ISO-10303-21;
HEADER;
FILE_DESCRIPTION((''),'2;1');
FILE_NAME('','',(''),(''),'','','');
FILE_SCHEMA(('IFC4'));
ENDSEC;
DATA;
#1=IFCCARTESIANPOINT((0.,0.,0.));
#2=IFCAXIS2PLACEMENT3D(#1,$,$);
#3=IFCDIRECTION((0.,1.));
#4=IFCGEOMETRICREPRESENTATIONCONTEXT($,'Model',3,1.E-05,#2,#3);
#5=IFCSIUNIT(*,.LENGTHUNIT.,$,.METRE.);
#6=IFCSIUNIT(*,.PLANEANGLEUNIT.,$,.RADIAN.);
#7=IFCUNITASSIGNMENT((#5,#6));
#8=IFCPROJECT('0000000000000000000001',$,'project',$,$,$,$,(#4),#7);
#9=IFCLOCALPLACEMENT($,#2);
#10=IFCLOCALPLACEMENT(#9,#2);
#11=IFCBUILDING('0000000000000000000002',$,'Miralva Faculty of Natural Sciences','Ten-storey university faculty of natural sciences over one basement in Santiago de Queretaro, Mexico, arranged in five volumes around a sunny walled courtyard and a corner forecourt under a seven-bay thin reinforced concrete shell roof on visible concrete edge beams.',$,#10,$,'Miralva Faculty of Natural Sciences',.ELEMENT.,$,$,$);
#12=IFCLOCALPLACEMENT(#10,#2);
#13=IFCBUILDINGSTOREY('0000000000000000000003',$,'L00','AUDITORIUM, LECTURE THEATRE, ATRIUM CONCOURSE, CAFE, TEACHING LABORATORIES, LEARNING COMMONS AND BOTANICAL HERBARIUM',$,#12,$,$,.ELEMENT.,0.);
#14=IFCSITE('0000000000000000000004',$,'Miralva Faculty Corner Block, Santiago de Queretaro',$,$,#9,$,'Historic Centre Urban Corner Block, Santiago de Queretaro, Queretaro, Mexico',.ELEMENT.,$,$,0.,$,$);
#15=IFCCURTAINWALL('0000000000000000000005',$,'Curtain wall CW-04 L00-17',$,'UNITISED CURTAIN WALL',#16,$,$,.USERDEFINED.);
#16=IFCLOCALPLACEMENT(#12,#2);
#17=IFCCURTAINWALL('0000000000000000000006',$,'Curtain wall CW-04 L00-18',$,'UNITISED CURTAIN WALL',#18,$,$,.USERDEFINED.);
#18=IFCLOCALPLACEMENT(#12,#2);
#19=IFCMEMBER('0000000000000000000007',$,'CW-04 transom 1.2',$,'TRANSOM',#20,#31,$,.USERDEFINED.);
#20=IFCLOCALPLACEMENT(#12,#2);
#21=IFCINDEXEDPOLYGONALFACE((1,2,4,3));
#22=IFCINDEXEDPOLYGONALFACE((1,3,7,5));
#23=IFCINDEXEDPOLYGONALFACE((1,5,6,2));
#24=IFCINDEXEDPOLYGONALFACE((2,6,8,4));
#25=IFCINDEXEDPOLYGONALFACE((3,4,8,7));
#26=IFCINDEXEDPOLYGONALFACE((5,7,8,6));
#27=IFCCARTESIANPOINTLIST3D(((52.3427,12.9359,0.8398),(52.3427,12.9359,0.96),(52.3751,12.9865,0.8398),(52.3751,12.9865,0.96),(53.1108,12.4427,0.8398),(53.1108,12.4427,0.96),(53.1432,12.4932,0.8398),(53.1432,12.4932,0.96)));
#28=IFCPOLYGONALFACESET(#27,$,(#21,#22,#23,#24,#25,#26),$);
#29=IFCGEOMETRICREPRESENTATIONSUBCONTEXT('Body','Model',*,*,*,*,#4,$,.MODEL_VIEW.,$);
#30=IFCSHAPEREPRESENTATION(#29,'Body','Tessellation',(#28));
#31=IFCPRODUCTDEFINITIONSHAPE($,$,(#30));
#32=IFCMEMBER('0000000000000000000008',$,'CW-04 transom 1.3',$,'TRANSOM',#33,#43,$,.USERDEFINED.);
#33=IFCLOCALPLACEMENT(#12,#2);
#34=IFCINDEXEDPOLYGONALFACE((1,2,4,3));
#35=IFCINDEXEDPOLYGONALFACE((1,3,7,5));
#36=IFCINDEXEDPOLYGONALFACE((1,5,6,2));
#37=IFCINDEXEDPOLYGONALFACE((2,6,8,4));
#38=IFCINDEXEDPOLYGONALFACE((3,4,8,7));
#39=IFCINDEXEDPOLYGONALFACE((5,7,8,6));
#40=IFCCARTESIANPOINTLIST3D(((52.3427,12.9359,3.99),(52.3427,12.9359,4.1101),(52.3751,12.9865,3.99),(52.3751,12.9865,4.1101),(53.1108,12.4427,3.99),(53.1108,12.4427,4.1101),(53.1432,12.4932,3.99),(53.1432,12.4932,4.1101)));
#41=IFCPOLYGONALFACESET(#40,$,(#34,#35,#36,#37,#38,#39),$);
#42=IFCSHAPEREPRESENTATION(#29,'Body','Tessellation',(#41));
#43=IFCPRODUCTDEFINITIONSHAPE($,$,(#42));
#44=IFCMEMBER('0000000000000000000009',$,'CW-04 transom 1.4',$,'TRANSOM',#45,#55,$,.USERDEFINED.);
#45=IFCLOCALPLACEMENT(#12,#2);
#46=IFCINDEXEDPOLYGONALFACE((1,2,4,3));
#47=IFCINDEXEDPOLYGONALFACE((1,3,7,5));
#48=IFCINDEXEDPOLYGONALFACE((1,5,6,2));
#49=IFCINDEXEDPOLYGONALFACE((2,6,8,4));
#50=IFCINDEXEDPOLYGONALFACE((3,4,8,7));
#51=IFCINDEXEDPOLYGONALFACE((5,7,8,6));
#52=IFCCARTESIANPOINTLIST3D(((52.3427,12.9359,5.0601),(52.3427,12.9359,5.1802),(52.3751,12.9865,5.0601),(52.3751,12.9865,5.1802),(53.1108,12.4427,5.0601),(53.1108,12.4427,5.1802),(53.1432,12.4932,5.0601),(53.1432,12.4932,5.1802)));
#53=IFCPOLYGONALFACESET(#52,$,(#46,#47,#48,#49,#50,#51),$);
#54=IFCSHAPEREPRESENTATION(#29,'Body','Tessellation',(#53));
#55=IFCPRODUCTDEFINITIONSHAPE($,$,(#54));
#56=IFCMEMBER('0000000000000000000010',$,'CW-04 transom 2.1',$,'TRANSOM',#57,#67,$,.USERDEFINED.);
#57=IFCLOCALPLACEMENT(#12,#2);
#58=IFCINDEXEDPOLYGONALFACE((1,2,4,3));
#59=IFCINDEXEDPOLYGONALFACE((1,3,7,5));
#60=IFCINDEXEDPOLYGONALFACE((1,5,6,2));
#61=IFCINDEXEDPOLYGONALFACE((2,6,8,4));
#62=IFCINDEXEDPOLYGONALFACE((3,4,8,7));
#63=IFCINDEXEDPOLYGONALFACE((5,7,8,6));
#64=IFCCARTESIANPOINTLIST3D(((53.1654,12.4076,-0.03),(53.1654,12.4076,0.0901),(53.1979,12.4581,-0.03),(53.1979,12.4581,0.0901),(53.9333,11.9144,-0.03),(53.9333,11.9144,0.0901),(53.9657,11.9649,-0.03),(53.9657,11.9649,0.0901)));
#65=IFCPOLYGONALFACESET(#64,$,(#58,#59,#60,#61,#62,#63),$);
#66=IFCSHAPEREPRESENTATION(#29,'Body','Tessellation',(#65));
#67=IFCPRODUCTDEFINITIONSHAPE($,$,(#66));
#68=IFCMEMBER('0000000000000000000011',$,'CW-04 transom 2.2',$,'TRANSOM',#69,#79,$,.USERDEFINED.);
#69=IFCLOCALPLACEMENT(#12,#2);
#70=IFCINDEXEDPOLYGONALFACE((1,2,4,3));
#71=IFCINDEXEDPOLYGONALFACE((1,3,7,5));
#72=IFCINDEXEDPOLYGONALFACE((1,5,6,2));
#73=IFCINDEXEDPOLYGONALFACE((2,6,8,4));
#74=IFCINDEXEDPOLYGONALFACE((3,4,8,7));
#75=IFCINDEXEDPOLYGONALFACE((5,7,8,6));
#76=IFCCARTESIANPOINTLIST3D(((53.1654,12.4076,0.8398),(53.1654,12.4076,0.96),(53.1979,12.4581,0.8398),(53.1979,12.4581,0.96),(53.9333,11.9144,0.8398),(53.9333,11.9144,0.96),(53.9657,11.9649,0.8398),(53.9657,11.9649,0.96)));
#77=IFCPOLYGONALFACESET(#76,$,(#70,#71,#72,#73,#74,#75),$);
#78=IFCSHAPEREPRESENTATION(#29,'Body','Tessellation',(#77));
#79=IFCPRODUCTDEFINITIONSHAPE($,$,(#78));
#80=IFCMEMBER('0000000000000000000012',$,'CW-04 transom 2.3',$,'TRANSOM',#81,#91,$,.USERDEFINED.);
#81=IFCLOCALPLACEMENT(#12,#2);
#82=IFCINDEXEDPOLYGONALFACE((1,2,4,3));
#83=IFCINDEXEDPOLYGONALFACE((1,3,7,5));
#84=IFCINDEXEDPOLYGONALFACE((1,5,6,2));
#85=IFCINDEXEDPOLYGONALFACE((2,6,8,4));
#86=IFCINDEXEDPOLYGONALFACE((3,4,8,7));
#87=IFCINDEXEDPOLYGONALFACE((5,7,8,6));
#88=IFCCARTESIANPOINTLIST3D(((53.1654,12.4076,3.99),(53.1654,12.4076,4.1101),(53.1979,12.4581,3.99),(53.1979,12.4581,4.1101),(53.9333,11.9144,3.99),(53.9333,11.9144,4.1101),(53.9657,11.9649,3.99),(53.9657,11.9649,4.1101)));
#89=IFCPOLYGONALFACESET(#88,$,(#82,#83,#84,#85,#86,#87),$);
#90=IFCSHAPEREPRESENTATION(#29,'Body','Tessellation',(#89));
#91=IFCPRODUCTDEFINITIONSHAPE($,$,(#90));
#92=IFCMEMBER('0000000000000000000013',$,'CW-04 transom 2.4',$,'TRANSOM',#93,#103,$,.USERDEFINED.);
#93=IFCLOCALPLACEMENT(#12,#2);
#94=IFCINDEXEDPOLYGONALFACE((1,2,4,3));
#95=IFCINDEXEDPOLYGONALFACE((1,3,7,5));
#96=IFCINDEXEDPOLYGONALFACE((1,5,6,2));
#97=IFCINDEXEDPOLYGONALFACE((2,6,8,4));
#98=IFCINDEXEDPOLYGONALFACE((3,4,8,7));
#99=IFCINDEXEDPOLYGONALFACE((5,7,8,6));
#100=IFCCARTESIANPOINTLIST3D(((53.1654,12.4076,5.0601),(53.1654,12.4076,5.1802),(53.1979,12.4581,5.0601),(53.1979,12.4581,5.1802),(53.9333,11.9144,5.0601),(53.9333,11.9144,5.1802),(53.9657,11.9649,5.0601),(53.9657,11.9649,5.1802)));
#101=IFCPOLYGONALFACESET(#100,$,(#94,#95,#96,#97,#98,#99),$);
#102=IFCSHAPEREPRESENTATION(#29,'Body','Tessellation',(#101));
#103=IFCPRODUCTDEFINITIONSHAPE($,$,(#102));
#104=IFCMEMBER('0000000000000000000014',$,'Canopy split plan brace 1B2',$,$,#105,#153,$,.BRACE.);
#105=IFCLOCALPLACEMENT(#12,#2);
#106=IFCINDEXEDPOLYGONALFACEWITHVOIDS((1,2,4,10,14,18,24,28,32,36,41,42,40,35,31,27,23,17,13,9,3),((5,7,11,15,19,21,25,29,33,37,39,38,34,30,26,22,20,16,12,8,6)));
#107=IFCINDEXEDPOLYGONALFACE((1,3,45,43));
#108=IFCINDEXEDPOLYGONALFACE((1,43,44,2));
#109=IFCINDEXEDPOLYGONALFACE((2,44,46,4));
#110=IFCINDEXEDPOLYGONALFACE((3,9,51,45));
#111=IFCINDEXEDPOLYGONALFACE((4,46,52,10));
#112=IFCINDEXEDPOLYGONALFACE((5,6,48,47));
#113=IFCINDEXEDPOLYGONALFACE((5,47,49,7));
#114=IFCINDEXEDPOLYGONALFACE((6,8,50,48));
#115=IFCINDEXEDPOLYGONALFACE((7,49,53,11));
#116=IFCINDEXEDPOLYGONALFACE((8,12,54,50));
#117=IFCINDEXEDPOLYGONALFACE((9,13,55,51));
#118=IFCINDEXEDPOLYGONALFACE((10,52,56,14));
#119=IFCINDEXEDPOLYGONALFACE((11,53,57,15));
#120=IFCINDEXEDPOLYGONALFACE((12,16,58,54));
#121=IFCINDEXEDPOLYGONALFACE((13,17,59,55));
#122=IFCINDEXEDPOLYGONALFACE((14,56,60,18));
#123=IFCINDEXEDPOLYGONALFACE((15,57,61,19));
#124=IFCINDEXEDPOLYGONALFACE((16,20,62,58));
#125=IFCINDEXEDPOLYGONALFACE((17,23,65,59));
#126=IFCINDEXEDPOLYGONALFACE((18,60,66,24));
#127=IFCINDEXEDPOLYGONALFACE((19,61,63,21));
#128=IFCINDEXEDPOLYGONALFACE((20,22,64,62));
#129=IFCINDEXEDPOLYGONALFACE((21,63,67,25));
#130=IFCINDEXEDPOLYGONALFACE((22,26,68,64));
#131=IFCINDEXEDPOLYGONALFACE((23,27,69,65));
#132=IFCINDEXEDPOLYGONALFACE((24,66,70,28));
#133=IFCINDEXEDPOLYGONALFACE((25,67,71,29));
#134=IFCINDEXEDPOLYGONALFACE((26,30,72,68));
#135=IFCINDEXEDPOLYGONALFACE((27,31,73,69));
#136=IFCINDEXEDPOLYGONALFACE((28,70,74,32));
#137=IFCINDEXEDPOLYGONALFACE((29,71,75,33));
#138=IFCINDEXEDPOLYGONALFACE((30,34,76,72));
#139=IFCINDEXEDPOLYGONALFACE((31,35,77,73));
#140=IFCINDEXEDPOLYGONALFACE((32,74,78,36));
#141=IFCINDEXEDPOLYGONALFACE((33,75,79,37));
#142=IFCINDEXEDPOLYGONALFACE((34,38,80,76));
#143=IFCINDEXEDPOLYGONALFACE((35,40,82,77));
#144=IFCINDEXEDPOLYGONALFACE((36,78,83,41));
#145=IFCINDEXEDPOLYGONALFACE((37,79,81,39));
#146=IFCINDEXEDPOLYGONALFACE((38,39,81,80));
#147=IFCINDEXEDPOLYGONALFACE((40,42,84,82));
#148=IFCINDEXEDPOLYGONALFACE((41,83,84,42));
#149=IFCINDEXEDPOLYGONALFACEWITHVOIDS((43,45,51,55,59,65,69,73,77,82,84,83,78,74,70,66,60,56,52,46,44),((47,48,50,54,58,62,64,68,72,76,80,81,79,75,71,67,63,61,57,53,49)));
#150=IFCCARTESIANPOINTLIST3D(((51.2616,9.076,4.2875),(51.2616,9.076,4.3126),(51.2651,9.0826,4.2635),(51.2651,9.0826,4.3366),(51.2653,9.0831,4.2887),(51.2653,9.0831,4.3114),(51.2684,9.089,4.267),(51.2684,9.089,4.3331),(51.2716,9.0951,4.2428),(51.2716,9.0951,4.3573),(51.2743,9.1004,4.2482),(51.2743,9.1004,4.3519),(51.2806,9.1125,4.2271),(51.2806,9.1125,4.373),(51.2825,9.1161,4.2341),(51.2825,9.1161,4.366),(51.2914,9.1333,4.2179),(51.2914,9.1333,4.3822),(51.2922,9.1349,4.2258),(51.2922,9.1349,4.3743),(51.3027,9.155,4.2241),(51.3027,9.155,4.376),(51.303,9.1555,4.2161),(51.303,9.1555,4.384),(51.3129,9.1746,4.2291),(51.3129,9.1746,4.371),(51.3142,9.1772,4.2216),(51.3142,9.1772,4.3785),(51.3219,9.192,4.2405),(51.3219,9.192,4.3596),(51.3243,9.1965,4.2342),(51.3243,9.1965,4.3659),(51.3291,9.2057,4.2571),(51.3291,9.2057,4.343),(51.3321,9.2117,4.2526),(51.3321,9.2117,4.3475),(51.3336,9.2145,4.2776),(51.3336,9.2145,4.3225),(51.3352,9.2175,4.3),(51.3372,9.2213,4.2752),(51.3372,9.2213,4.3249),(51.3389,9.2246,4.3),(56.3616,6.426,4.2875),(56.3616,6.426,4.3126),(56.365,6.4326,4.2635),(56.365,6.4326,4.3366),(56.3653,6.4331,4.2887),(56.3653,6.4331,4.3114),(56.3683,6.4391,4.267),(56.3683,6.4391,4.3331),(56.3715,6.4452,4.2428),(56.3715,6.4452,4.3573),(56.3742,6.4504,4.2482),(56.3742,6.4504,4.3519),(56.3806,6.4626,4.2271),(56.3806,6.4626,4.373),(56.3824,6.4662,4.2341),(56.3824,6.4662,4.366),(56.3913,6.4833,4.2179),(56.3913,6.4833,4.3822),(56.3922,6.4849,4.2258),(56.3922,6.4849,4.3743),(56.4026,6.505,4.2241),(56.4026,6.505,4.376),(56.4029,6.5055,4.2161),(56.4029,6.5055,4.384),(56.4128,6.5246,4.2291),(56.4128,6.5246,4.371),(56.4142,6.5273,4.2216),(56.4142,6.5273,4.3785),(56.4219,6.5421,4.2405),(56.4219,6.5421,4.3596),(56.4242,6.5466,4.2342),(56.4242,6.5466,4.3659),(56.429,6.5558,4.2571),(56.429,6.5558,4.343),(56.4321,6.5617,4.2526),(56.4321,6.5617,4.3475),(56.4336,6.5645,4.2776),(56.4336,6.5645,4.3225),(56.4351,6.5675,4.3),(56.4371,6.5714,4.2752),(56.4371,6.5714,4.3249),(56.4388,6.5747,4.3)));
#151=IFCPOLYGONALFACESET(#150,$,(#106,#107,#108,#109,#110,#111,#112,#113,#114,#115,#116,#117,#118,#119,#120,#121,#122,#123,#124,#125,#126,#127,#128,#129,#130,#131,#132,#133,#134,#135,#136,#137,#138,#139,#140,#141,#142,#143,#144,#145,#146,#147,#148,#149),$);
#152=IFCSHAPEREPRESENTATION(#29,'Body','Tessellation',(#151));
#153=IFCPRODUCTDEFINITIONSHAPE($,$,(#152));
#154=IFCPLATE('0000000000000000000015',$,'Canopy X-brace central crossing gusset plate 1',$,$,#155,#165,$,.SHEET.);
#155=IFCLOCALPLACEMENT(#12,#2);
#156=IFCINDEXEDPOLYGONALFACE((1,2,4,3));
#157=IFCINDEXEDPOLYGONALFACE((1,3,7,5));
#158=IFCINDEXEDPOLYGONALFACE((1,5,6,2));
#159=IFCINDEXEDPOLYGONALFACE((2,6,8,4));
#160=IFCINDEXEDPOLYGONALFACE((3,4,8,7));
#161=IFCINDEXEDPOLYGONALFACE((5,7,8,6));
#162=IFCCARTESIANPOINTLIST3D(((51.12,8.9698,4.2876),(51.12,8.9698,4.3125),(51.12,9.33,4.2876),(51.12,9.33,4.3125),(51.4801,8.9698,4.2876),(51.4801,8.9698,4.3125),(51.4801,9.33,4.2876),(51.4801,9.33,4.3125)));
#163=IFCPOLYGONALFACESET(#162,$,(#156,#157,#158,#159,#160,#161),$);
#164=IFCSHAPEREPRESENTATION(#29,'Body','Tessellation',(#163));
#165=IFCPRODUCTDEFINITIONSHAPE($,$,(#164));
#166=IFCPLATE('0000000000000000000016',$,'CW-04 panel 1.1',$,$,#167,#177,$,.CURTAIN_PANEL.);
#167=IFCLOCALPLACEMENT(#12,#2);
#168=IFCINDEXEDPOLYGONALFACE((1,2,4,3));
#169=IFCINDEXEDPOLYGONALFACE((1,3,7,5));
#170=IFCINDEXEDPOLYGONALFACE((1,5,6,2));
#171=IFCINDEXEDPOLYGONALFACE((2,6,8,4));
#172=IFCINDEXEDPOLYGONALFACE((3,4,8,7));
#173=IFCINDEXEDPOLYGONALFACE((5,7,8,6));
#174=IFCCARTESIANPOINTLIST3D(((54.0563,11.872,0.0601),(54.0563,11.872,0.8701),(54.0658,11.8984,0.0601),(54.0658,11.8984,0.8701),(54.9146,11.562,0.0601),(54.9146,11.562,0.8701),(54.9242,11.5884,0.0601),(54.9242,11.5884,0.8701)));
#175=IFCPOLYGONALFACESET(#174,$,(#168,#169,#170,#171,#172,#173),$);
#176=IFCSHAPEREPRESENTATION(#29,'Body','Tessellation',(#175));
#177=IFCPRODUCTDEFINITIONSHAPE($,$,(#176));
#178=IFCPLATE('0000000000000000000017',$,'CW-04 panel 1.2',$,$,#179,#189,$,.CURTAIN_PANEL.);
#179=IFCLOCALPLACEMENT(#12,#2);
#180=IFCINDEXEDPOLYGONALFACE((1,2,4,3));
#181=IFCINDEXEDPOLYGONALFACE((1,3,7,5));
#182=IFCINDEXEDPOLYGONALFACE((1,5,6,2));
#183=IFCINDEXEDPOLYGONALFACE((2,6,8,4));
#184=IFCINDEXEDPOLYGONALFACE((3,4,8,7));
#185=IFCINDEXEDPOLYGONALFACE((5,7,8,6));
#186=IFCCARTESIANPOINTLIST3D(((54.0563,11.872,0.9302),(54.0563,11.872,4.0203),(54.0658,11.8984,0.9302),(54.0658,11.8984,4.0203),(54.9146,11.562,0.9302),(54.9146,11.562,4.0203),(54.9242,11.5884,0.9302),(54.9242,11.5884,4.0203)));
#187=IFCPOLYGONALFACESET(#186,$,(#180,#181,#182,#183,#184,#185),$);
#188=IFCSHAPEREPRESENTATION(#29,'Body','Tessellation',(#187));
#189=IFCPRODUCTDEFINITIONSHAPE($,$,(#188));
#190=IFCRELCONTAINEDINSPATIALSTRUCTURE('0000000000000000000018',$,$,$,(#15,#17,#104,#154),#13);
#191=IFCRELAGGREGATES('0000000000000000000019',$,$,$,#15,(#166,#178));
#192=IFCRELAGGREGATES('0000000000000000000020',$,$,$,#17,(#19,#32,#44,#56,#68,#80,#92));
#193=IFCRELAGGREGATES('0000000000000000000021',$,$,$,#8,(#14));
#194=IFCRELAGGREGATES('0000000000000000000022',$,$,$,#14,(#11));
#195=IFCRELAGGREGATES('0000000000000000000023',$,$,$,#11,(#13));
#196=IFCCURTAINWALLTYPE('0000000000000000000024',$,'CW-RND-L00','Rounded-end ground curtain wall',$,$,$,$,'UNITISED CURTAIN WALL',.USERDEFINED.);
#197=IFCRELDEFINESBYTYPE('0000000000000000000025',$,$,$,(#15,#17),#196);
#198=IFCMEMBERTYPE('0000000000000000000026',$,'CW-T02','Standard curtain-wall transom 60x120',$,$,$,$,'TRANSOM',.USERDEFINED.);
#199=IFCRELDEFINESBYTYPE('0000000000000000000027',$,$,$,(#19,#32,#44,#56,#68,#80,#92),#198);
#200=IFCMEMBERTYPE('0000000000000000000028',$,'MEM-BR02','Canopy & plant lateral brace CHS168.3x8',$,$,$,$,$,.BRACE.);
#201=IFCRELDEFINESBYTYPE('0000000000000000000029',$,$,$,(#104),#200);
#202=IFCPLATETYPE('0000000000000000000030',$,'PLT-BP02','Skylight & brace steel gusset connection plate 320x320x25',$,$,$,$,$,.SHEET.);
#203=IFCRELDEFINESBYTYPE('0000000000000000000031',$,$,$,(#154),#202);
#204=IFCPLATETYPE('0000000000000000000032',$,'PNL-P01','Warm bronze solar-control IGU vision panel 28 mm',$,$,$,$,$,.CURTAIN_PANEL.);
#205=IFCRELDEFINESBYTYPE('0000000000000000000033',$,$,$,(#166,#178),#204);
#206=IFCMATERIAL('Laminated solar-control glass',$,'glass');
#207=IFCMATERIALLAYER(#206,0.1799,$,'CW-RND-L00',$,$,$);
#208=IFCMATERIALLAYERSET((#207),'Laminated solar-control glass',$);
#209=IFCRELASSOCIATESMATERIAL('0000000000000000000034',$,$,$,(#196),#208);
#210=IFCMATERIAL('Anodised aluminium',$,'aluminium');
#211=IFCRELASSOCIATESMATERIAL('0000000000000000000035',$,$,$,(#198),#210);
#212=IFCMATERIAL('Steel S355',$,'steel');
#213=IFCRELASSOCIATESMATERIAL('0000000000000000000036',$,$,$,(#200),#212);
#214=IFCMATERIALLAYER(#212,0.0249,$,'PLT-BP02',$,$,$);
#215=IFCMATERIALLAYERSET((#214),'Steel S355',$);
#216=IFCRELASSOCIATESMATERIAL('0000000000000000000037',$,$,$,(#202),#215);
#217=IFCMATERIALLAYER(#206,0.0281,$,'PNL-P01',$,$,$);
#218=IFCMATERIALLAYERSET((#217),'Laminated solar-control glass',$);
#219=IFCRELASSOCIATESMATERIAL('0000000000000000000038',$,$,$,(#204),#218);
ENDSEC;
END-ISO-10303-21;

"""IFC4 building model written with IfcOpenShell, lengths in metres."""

from ifc_helpers import new_model, si_unit, direction, frame, origin, origin_2d, place, context, subcontext, project, spatial, rectangle, hollow_circle, extrude, material, layer, layer_set, material_profile, profile_set, type_object, element, aggregate, save


model = new_model("IFC4")

# Units and contexts
model_context = context("Model", 3, precision=1e-05, world=origin(), true_north=direction((0.0, 1.0)))
body_context = subcontext(model_context, "Body", "Model", "MODEL_VIEW")
ifc_project = project(units=[si_unit("LENGTHUNIT", "METRE"), si_unit("PLANEANGLEUNIT", "RADIAN")], contexts=[model_context])

# Site, building, storey
site_placement = place(None, origin())
site = spatial("IfcSite", under=ifc_project, at=site_placement, Name="Miralva Faculty Corner Block, Santiago de Queretaro", LongName="Historic Centre Urban Corner Block, Santiago de Queretaro, Queretaro, Mexico", CompositionType="ELEMENT", RefElevation=0.0)
building_placement = place(site_placement, origin())
building = spatial("IfcBuilding", under=site, at=building_placement, Name="Miralva Faculty of Natural Sciences", Description="Ten-storey university faculty of natural sciences over one basement in Santiago de Queretaro, Mexico, arranged in five volumes around a sunny walled courtyard and a corner forecourt under a seven-bay thin reinforced concrete shell roof on visible concrete edge beams.", LongName="Miralva Faculty of Natural Sciences", CompositionType="ELEMENT")
storey_placement = place(building_placement, origin())
storey = spatial("IfcBuildingStorey", under=building, at=storey_placement, Name="L00", Description="AUDITORIUM, LECTURE THEATRE, ATRIUM CONCOURSE, CAFE, TEACHING LABORATORIES, LEARNING COMMONS AND BOTANICAL HERBARIUM", CompositionType="ELEMENT", Elevation=0.0)

# Curtain walls
ifc_material_1 = material(Name="Laminated solar-control glass", Category="glass")
ifc_layer_1 = layer(ifc_material_1, 0.1799, Name="CW-RND-L00")
ifc_layer_set_1 = layer_set([ifc_layer_1], Name="Laminated solar-control glass")
curtain_wall_type = type_object("IfcCurtainWallType", Name="CW-RND-L00", Description="Rounded-end ground curtain wall", ElementType="UNITISED CURTAIN WALL", PredefinedType="USERDEFINED", material=ifc_layer_set_1)
curtain_wall_1_placement = place(storey_placement, origin())
curtain_wall_1 = element("IfcCurtainWall", 1, at=curtain_wall_1_placement, inside=storey, type_object=curtain_wall_type, Name="Curtain wall CW-04 L00-17", ObjectType="UNITISED CURTAIN WALL", PredefinedType="USERDEFINED")
ifc_material_2 = material(Name="Anodised aluminium", Category="aluminium")
curtain_wall_2_placement = place(storey_placement, origin())
curtain_wall_2 = element("IfcCurtainWall", 2, at=curtain_wall_2_placement, inside=storey, type_object=curtain_wall_type, Name="Curtain wall CW-04 L00-18", ObjectType="UNITISED CURTAIN WALL", PredefinedType="USERDEFINED")

# Members
ifc_material_profile_1 = material_profile(ifc_material_2, rectangle(XDim=0.0601, YDim=0.1201, at=origin_2d()), Name="TRANSOM 60x120")
ifc_profile_set_1 = profile_set([ifc_material_profile_1], Name="Anodised aluminium")
member_type_1 = type_object("IfcMemberType", Name="CW-T02", Description="Standard curtain-wall transom 60x120", ElementType="TRANSOM", PredefinedType="USERDEFINED", material=ifc_profile_set_1)
member_1_placement = place(storey_placement, frame((52.3589, 12.9612, 0.8999), z_axis=(0.841474, -0.540298, 0.0), x_axis=(0.540298, 0.841474, 0.0)))
member_1 = element("IfcMember", 3, at=member_1_placement, type_object=member_type_1, Name="CW-04 transom 1.2", ObjectType="TRANSOM", PredefinedType="USERDEFINED", context=body_context, shape_type="SweptSolid", body=[
    extrude(rectangle(XDim=0.0601, YDim=0.1201, at=origin_2d()), origin(), (0.0, 0.0, 1.0), 0.9128),
])
member_2_placement = place(storey_placement, frame((52.3589, 12.9612, 4.05), z_axis=(0.841474, -0.540298, 0.0), x_axis=(0.540298, 0.841474, 0.0)))
member_2 = element("IfcMember", 4, at=member_2_placement, type_object=member_type_1, Name="CW-04 transom 1.3", ObjectType="TRANSOM", PredefinedType="USERDEFINED", context=body_context, shape_type="SweptSolid", body=[
    extrude(rectangle(XDim=0.0601, YDim=0.1201, at=origin_2d()), origin(), (0.0, 0.0, 1.0), 0.9128),
])
member_3_placement = place(storey_placement, frame((52.3589, 12.9612, 5.1201), z_axis=(0.841474, -0.540298, 0.0), x_axis=(0.540298, 0.841474, 0.0)))
member_3 = element("IfcMember", 5, at=member_3_placement, type_object=member_type_1, Name="CW-04 transom 1.4", ObjectType="TRANSOM", PredefinedType="USERDEFINED", context=body_context, shape_type="SweptSolid", body=[
    extrude(rectangle(XDim=0.0601, YDim=0.1201, at=origin_2d()), origin(), (0.0, 0.0, 1.0), 0.9128),
])
member_4_placement = place(storey_placement, frame((53.1816, 12.4329, 0.03), z_axis=(0.841396, -0.54042, 0.0), x_axis=(0.54042, 0.841396, 0.0)))
member_4 = element("IfcMember", 6, at=member_4_placement, type_object=member_type_1, Name="CW-04 transom 2.1", ObjectType="TRANSOM", PredefinedType="USERDEFINED", context=body_context, shape_type="SweptSolid", body=[
    extrude(rectangle(XDim=0.0601, YDim=0.1201, at=origin_2d()), origin(), (0.0, 0.0, 1.0), 0.9126),
])
member_5_placement = place(storey_placement, frame((53.1816, 12.4329, 0.8999), z_axis=(0.841396, -0.54042, 0.0), x_axis=(0.54042, 0.841396, 0.0)))
member_5 = element("IfcMember", 7, at=member_5_placement, type_object=member_type_1, Name="CW-04 transom 2.2", ObjectType="TRANSOM", PredefinedType="USERDEFINED", context=body_context, shape_type="SweptSolid", body=[
    extrude(rectangle(XDim=0.0601, YDim=0.1201, at=origin_2d()), origin(), (0.0, 0.0, 1.0), 0.9126),
])
member_6_placement = place(storey_placement, frame((53.1816, 12.4329, 4.05), z_axis=(0.841396, -0.54042, 0.0), x_axis=(0.54042, 0.841396, 0.0)))
member_6 = element("IfcMember", 8, at=member_6_placement, type_object=member_type_1, Name="CW-04 transom 2.3", ObjectType="TRANSOM", PredefinedType="USERDEFINED", context=body_context, shape_type="SweptSolid", body=[
    extrude(rectangle(XDim=0.0601, YDim=0.1201, at=origin_2d()), origin(), (0.0, 0.0, 1.0), 0.9126),
])
member_7_placement = place(storey_placement, frame((53.1816, 12.4329, 5.1201), z_axis=(0.841396, -0.54042, 0.0), x_axis=(0.54042, 0.841396, 0.0)))
member_7 = element("IfcMember", 9, at=member_7_placement, type_object=member_type_1, Name="CW-04 transom 2.4", ObjectType="TRANSOM", PredefinedType="USERDEFINED", context=body_context, shape_type="SweptSolid", body=[
    extrude(rectangle(XDim=0.0601, YDim=0.1201, at=origin_2d()), origin(), (0.0, 0.0, 1.0), 0.9126),
])
ifc_material_3 = material(Name="Steel S355", Category="steel")
ifc_material_profile_2 = material_profile(ifc_material_3, hollow_circle(Radius=0.0842, WallThickness=0.0081, at=origin_2d()), Name="CHS 168.3x8")
ifc_profile_set_2 = profile_set([ifc_material_profile_2], Name="Steel S355")
member_type_2 = type_object("IfcMemberType", Name="MEM-BR02", Description="Canopy & plant lateral brace CHS168.3x8", PredefinedType="BRACE", material=ifc_profile_set_2)
member_8_placement = place(storey_placement, frame((51.3, 9.1499, 4.3), z_axis=(0.887361, -0.461076, 0.0), x_axis=(0.461076, 0.887361, 0.0)))
element("IfcMember", 10, at=member_8_placement, inside=storey, type_object=member_type_2, Name="Canopy split plan brace 1B2", PredefinedType="BRACE", context=body_context, shape_type="SweptSolid", body=[
    extrude(hollow_circle(Radius=0.0842, WallThickness=0.0081, at=origin_2d()), origin(), (0.0, 0.0, 1.0), 5.7473),
])

# Plates
ifc_layer_2 = layer(ifc_material_3, 0.0249, Name="PLT-BP02")
ifc_layer_set_2 = layer_set([ifc_layer_2], Name="Steel S355")
plate_type_1 = type_object("IfcPlateType", Name="PLT-BP02", Description="Skylight & brace steel gusset connection plate 320x320x25", PredefinedType="SHEET", material=ifc_layer_set_2)
plate_1_placement = place(storey_placement, frame((51.3, 9.1499, 4.2876), z_axis=(0.0, 0.0, 1.0), x_axis=(1.0, 0.0, 0.0)))
element("IfcPlate", 11, at=plate_1_placement, inside=storey, type_object=plate_type_1, Name="Canopy X-brace central crossing gusset plate 1", PredefinedType="SHEET", context=body_context, shape_type="SweptSolid", body=[
    extrude(rectangle(XDim=0.3601, YDim=0.3601, at=origin_2d()), origin(), (0.0, 0.0, 1.0), 0.0249),
])
ifc_layer_3 = layer(ifc_material_1, 0.0281, Name="PNL-P01")
ifc_layer_set_3 = layer_set([ifc_layer_3], Name="Laminated solar-control glass")
plate_type_2 = type_object("IfcPlateType", Name="PNL-P01", Description="Warm bronze solar-control IGU vision panel 28 mm", PredefinedType="CURTAIN_PANEL", material=ifc_layer_set_3)
plate_2_placement = place(storey_placement, frame((54.4902, 11.7302, 0.0601), z_axis=(0.0, 0.0, 1.0), x_axis=(0.940535, -0.339696, 0.0)))
plate_2 = element("IfcPlate", 12, at=plate_2_placement, type_object=plate_type_2, Name="CW-04 panel 1.1", PredefinedType="CURTAIN_PANEL", context=body_context, shape_type="SweptSolid", body=[
    extrude(rectangle(XDim=0.9126, YDim=0.0281, at=origin_2d()), origin(), (0.0, 0.0, 1.0), 0.8101),
])
plate_3_placement = place(storey_placement, frame((54.4902, 11.7302, 0.9302), z_axis=(0.0, 0.0, 1.0), x_axis=(0.940535, -0.339696, 0.0)))
plate_3 = element("IfcPlate", 13, at=plate_3_placement, type_object=plate_type_2, Name="CW-04 panel 1.2", PredefinedType="CURTAIN_PANEL", context=body_context, shape_type="SweptSolid", body=[
    extrude(rectangle(XDim=0.9126, YDim=0.0281, at=origin_2d()), origin(), (0.0, 0.0, 1.0), 3.0901),
])
aggregate(curtain_wall_1, [plate_2, plate_3])
aggregate(curtain_wall_2, [member_1, member_2, member_3, member_4, member_5, member_6, member_7])

save(model, "model.ifc")
